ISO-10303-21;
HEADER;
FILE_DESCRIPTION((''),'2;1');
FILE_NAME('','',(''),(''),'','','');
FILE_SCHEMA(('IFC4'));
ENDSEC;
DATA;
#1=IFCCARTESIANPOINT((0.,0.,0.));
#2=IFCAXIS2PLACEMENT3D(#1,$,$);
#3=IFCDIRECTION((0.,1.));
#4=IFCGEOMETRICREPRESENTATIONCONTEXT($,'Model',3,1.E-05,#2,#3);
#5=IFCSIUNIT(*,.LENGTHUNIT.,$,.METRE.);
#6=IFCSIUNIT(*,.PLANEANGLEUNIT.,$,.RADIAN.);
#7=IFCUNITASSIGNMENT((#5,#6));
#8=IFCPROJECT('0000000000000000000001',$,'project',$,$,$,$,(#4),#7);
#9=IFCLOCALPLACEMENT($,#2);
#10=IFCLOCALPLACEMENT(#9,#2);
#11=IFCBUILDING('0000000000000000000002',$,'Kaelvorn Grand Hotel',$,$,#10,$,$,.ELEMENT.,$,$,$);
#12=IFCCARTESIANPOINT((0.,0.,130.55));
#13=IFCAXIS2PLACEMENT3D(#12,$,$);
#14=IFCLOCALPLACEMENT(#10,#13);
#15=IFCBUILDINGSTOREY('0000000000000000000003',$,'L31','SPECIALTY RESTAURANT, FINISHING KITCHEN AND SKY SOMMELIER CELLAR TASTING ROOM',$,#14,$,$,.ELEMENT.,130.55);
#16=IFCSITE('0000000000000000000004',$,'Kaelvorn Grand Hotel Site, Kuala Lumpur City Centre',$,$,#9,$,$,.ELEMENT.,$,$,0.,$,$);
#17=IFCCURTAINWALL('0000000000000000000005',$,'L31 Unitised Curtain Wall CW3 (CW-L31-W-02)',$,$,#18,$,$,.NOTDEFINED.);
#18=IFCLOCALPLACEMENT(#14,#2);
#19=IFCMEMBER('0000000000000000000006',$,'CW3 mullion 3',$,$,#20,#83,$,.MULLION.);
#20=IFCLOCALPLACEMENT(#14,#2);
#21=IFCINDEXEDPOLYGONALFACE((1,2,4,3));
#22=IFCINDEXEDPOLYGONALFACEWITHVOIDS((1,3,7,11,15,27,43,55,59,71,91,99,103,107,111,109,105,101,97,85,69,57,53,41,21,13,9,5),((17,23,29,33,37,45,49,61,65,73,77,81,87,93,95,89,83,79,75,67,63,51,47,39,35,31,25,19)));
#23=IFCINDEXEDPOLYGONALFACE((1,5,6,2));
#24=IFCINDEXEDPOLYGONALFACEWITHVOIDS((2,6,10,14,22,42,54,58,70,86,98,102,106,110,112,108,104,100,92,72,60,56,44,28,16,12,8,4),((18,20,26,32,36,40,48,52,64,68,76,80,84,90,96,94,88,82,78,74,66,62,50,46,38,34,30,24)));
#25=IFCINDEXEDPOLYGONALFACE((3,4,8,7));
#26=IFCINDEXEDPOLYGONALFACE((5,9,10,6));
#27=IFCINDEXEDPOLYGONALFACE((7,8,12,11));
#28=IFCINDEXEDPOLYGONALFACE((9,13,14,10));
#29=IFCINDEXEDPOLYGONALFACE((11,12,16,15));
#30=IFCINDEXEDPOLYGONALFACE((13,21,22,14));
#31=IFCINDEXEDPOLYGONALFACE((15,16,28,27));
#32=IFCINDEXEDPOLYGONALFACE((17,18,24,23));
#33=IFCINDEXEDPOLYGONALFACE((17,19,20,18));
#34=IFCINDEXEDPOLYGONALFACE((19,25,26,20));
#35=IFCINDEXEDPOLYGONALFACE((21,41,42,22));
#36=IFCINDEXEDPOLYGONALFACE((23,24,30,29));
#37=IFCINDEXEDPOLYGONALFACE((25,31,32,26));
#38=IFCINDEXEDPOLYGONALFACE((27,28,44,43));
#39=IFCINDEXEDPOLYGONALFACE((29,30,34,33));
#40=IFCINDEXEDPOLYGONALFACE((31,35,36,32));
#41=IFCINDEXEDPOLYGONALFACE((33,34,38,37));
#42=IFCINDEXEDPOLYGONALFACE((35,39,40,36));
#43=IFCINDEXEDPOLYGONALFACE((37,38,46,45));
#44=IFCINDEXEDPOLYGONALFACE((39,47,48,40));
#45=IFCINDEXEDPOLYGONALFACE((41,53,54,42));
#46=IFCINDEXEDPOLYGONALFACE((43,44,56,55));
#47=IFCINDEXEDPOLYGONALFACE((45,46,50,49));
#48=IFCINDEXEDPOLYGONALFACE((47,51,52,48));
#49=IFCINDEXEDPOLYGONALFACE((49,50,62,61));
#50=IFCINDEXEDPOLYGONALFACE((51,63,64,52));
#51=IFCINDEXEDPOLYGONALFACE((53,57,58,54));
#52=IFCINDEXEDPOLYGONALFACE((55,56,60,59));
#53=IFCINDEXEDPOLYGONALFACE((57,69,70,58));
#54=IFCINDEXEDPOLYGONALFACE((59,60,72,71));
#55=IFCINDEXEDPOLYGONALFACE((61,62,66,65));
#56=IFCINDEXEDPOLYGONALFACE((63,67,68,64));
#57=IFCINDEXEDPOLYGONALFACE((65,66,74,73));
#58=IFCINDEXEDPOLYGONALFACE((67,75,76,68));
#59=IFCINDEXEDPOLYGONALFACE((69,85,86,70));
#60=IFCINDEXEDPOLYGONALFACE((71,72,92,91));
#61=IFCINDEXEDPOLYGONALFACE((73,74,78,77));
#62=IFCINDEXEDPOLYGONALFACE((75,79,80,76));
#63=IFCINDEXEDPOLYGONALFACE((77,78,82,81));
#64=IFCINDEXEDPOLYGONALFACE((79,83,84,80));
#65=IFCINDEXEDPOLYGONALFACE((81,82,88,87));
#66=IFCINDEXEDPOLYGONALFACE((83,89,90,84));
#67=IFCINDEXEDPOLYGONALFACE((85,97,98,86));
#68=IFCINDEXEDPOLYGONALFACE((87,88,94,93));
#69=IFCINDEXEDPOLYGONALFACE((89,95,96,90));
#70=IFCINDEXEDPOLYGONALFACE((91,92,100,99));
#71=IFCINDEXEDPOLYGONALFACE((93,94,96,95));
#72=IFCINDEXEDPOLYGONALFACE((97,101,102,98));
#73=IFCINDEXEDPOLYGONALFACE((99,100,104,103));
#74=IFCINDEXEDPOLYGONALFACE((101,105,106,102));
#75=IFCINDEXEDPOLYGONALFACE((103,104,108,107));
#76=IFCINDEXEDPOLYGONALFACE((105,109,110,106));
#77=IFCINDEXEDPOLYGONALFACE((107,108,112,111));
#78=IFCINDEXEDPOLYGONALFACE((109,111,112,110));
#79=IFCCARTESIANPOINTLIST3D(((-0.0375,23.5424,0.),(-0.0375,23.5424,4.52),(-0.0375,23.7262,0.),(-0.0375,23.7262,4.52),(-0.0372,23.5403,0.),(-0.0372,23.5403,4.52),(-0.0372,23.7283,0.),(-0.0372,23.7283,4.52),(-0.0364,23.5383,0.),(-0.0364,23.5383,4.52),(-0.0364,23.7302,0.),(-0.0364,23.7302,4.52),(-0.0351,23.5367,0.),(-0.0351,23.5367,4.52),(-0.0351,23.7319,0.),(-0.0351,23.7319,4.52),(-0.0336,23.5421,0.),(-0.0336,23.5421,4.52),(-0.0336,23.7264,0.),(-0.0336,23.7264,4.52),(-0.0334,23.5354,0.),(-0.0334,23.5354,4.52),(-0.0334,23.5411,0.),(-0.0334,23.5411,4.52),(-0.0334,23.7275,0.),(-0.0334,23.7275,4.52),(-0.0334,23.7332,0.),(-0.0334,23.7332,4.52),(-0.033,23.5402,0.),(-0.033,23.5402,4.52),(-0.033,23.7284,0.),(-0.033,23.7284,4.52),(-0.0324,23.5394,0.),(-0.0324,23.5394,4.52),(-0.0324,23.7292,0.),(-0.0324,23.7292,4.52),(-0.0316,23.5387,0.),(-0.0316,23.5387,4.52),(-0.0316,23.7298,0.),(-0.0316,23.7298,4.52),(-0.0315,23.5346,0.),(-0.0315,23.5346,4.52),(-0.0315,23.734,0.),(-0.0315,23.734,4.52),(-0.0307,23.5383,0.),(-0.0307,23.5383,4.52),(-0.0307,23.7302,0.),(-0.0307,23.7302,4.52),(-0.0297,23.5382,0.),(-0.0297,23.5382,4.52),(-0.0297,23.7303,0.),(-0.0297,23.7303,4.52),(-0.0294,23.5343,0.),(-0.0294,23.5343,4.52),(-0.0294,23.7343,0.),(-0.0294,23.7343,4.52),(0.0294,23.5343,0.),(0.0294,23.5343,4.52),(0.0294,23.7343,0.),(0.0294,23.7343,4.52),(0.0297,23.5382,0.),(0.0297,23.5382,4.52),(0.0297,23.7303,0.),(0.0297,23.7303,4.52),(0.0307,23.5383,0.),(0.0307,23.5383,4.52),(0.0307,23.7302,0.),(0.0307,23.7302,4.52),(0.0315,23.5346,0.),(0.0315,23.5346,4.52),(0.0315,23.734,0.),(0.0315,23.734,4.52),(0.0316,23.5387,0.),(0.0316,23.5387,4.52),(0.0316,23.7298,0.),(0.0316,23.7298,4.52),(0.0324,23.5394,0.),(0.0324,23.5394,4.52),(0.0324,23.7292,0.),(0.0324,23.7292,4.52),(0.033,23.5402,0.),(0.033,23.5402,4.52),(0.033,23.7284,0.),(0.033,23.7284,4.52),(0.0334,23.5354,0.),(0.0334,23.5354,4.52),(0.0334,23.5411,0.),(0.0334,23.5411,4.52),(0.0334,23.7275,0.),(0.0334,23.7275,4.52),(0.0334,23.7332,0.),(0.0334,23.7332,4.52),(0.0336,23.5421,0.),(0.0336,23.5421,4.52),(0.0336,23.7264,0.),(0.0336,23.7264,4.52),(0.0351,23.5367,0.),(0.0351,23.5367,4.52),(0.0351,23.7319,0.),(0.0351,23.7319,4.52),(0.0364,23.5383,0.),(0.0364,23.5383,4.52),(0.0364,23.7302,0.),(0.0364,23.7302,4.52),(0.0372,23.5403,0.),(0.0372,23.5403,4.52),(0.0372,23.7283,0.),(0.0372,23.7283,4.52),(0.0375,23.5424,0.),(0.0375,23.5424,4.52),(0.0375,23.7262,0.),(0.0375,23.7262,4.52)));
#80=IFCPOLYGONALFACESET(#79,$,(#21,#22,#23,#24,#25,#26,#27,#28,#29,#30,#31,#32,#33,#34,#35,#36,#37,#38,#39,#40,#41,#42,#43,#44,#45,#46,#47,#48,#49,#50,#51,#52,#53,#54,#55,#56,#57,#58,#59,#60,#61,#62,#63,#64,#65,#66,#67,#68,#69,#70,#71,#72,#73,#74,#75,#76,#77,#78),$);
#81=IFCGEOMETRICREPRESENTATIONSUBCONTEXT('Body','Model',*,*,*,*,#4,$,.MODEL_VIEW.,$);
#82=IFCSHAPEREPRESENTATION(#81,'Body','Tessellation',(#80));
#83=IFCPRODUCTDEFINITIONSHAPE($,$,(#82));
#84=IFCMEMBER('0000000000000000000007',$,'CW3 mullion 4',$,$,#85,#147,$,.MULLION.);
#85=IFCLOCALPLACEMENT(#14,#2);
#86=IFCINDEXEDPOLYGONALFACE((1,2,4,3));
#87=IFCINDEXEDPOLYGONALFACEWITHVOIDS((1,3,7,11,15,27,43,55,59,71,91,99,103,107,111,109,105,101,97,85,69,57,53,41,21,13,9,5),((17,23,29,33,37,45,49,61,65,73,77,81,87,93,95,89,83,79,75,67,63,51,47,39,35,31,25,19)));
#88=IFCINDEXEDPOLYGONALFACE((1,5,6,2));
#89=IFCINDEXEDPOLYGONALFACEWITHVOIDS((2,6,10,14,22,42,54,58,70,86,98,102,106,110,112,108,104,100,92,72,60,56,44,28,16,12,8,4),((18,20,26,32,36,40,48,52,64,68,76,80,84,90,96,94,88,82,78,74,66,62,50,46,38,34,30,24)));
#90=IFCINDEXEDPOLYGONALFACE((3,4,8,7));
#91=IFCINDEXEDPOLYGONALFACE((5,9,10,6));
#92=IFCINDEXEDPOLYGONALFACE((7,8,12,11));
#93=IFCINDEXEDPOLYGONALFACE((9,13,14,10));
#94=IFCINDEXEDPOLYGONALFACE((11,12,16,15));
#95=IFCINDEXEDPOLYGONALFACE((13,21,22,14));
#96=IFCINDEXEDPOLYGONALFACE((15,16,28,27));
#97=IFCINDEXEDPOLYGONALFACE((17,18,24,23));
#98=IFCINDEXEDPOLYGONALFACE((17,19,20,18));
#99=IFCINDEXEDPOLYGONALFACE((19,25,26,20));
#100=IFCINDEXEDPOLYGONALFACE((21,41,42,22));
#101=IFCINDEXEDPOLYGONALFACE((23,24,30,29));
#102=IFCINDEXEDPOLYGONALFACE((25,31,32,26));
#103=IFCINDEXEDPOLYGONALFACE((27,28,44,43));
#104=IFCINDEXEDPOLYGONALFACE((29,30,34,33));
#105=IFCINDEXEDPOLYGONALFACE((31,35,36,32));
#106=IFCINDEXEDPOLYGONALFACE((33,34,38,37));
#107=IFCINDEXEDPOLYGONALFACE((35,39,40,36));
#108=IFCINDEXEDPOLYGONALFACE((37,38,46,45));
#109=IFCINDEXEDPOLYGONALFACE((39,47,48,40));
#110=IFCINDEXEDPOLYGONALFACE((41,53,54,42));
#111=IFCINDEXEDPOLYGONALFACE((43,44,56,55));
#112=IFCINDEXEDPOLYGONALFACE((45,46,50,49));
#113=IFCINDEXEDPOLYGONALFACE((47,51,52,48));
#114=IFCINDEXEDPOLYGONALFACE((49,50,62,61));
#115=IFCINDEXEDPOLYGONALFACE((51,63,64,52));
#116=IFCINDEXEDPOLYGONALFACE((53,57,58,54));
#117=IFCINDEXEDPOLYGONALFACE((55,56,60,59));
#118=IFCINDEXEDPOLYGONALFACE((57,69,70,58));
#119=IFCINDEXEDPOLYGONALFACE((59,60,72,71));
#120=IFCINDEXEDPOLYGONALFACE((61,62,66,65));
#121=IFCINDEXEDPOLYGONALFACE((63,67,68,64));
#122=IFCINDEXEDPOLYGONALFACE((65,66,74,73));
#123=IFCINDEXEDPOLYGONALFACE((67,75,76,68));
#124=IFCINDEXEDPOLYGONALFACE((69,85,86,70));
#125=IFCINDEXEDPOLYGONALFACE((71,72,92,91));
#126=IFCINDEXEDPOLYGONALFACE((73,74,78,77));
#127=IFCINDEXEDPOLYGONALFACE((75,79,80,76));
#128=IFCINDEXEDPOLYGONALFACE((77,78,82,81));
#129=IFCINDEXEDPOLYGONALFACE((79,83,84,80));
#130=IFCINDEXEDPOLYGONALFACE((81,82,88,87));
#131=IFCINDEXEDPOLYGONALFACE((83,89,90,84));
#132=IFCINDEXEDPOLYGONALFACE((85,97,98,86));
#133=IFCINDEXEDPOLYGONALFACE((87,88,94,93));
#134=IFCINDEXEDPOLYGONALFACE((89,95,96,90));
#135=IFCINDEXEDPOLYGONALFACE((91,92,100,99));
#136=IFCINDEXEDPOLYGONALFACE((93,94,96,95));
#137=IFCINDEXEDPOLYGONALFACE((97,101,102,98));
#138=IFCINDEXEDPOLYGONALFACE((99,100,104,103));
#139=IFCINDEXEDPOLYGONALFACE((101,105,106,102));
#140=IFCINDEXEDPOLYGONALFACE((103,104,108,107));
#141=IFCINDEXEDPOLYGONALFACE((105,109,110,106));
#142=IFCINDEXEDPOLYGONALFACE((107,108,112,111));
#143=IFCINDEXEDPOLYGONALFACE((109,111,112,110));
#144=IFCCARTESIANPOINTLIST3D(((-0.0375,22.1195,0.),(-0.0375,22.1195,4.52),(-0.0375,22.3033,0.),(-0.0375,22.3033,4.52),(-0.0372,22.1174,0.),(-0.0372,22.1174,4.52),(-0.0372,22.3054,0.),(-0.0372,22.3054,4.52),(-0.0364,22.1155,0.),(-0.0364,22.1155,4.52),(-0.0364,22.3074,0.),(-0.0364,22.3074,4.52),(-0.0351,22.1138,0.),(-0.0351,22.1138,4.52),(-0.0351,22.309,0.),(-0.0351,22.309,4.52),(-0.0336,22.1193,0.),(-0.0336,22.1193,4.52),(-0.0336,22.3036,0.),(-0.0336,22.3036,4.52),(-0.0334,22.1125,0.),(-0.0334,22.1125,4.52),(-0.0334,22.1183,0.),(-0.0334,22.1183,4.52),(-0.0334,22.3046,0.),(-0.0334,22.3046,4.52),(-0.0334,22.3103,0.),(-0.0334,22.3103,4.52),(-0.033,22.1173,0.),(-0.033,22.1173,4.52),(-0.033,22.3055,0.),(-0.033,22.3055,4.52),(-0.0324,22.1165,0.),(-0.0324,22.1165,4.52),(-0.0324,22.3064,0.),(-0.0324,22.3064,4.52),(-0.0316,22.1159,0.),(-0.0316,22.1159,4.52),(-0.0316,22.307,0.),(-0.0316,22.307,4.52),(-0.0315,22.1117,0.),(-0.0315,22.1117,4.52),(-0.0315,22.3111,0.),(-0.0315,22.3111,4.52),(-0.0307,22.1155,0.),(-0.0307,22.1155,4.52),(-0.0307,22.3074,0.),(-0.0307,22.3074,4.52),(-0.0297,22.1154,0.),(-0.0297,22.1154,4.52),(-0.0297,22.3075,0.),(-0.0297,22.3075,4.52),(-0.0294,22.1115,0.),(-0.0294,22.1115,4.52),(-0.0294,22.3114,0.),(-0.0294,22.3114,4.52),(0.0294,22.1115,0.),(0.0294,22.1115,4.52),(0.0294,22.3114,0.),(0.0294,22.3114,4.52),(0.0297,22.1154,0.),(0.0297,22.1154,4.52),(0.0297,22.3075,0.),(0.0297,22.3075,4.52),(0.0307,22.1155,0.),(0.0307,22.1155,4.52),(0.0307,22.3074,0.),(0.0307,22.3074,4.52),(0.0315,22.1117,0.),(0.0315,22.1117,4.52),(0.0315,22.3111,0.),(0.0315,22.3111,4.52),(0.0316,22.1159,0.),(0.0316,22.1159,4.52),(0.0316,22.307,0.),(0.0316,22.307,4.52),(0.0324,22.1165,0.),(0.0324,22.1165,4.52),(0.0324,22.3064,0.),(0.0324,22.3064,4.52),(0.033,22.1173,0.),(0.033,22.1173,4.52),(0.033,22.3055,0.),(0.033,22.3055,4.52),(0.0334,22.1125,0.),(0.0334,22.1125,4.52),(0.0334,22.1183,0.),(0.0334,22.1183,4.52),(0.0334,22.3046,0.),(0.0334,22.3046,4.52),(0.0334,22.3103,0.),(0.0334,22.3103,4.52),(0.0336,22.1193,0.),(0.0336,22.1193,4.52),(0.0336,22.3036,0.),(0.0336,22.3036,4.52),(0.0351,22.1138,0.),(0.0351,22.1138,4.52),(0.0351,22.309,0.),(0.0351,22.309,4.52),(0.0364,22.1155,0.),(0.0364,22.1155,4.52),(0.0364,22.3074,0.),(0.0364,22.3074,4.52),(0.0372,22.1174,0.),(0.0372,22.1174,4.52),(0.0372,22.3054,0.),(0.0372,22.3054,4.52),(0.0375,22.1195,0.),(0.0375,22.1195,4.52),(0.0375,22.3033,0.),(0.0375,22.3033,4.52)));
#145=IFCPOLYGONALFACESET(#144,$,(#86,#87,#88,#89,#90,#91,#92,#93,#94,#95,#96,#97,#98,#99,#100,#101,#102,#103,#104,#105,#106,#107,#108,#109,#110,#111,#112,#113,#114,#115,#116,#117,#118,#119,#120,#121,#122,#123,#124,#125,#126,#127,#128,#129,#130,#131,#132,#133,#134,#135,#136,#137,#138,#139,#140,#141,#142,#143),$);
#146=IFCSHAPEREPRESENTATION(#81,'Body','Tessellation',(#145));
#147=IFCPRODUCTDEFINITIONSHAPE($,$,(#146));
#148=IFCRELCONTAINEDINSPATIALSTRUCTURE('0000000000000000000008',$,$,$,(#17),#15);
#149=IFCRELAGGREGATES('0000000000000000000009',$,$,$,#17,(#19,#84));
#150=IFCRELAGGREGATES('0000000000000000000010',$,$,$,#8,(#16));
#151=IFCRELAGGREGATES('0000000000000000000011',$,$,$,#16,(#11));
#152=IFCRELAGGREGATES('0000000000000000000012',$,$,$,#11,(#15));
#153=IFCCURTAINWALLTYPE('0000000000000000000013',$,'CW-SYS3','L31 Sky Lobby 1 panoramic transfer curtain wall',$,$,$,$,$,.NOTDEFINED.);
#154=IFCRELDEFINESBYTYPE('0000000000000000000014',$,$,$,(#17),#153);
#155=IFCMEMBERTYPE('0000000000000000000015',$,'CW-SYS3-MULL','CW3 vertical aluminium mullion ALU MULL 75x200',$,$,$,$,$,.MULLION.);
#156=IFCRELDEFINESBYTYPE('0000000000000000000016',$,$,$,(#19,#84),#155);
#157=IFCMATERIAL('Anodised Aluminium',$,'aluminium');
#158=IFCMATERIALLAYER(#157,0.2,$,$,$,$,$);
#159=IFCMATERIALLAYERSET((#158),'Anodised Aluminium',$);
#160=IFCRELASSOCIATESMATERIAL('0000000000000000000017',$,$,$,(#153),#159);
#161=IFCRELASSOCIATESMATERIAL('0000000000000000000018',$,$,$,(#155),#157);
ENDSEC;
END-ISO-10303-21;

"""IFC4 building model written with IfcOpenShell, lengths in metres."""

from ifc_helpers import new_model, si_unit, direction, frame, origin, origin_2d, place, context, subcontext, project, spatial, hollow_rectangle, extrude, material, layer, layer_set, material_profile, profile_set, type_object, element, aggregate, save


model = new_model("IFC4")

# Units and contexts
model_context = context("Model", 3, precision=1e-05, world=origin(), true_north=direction((0.0, 1.0)))
body_context = subcontext(model_context, "Body", "Model", "MODEL_VIEW")
ifc_project = project(units=[si_unit("LENGTHUNIT", "METRE"), si_unit("PLANEANGLEUNIT", "RADIAN")], contexts=[model_context])

# Site, building, storey
site_placement = place(None, origin())
site = spatial("IfcSite", under=ifc_project, at=site_placement, Name="Kaelvorn Grand Hotel Site, Kuala Lumpur City Centre", CompositionType="ELEMENT", RefElevation=0.0)
building_placement = place(site_placement, origin())
building = spatial("IfcBuilding", under=site, at=building_placement, Name="Kaelvorn Grand Hotel", CompositionType="ELEMENT")
storey_placement = place(building_placement, frame((0.0, 0.0, 130.55)))
storey = spatial("IfcBuildingStorey", under=building, at=storey_placement, Name="L31", Description="SPECIALTY RESTAURANT, FINISHING KITCHEN AND SKY SOMMELIER CELLAR TASTING ROOM", CompositionType="ELEMENT", Elevation=130.55)

# Curtain wall, members
ifc_material_1 = material(Name="Anodised Aluminium", Category="aluminium")
ifc_layer_1 = layer(ifc_material_1, 0.2)
ifc_layer_set_1 = layer_set([ifc_layer_1], Name="Anodised Aluminium")
curtain_wall_type = type_object("IfcCurtainWallType", Name="CW-SYS3", Description="L31 Sky Lobby 1 panoramic transfer curtain wall", PredefinedType="NOTDEFINED", material=ifc_layer_set_1)
curtain_wall_placement = place(storey_placement, origin())
curtain_wall = element("IfcCurtainWall", 1, at=curtain_wall_placement, inside=storey, type_object=curtain_wall_type, Name="L31 Unitised Curtain Wall CW3 (CW-L31-W-02)", PredefinedType="NOTDEFINED")
ifc_material_profile_1 = material_profile(ifc_material_1, hollow_rectangle(XDim=0.075, YDim=0.2, WallThickness=0.0039, InnerFilletRadius=0.0039, OuterFilletRadius=0.0081, at=origin_2d()), Name="ALU MULL 75x200")
ifc_profile_set_1 = profile_set([ifc_material_profile_1], Name="Anodised Aluminium")
member_type_1 = type_object("IfcMemberType", Name="CW-SYS3-MULL", Description="CW3 vertical aluminium mullion ALU MULL 75x200", PredefinedType="MULLION", material=ifc_profile_set_1)
member_1_placement = place(storey_placement, frame((0.0, 23.6343, 0.0), z_axis=(0.0, 0.0, 1.0), x_axis=(1.0, 0.0, 0.0)))
member_1 = element("IfcMember", 2, at=member_1_placement, type_object=member_type_1, Name="CW3 mullion 3", PredefinedType="MULLION", context=body_context, shape_type="SweptSolid", body=[
    extrude(hollow_rectangle(XDim=0.075, YDim=0.2, WallThickness=0.0039, InnerFilletRadius=0.0039, OuterFilletRadius=0.0081, at=origin_2d()), origin(), (0.0, 0.0, 1.0), 4.52),
])
member_2_placement = place(storey_placement, frame((0.0, 22.2114, 0.0), z_axis=(0.0, 0.0, 1.0), x_axis=(1.0, 0.0, 0.0)))
member_2 = element("IfcMember", 3, at=member_2_placement, type_object=member_type_1, Name="CW3 mullion 4", PredefinedType="MULLION", context=body_context, shape_type="SweptSolid", body=[
    extrude(hollow_rectangle(XDim=0.075, YDim=0.2, WallThickness=0.0039, InnerFilletRadius=0.0039, OuterFilletRadius=0.0081, at=origin_2d()), origin(), (0.0, 0.0, 1.0), 4.52),
])
aggregate(curtain_wall, [member_1, member_2])

save(model, "model.ifc")
